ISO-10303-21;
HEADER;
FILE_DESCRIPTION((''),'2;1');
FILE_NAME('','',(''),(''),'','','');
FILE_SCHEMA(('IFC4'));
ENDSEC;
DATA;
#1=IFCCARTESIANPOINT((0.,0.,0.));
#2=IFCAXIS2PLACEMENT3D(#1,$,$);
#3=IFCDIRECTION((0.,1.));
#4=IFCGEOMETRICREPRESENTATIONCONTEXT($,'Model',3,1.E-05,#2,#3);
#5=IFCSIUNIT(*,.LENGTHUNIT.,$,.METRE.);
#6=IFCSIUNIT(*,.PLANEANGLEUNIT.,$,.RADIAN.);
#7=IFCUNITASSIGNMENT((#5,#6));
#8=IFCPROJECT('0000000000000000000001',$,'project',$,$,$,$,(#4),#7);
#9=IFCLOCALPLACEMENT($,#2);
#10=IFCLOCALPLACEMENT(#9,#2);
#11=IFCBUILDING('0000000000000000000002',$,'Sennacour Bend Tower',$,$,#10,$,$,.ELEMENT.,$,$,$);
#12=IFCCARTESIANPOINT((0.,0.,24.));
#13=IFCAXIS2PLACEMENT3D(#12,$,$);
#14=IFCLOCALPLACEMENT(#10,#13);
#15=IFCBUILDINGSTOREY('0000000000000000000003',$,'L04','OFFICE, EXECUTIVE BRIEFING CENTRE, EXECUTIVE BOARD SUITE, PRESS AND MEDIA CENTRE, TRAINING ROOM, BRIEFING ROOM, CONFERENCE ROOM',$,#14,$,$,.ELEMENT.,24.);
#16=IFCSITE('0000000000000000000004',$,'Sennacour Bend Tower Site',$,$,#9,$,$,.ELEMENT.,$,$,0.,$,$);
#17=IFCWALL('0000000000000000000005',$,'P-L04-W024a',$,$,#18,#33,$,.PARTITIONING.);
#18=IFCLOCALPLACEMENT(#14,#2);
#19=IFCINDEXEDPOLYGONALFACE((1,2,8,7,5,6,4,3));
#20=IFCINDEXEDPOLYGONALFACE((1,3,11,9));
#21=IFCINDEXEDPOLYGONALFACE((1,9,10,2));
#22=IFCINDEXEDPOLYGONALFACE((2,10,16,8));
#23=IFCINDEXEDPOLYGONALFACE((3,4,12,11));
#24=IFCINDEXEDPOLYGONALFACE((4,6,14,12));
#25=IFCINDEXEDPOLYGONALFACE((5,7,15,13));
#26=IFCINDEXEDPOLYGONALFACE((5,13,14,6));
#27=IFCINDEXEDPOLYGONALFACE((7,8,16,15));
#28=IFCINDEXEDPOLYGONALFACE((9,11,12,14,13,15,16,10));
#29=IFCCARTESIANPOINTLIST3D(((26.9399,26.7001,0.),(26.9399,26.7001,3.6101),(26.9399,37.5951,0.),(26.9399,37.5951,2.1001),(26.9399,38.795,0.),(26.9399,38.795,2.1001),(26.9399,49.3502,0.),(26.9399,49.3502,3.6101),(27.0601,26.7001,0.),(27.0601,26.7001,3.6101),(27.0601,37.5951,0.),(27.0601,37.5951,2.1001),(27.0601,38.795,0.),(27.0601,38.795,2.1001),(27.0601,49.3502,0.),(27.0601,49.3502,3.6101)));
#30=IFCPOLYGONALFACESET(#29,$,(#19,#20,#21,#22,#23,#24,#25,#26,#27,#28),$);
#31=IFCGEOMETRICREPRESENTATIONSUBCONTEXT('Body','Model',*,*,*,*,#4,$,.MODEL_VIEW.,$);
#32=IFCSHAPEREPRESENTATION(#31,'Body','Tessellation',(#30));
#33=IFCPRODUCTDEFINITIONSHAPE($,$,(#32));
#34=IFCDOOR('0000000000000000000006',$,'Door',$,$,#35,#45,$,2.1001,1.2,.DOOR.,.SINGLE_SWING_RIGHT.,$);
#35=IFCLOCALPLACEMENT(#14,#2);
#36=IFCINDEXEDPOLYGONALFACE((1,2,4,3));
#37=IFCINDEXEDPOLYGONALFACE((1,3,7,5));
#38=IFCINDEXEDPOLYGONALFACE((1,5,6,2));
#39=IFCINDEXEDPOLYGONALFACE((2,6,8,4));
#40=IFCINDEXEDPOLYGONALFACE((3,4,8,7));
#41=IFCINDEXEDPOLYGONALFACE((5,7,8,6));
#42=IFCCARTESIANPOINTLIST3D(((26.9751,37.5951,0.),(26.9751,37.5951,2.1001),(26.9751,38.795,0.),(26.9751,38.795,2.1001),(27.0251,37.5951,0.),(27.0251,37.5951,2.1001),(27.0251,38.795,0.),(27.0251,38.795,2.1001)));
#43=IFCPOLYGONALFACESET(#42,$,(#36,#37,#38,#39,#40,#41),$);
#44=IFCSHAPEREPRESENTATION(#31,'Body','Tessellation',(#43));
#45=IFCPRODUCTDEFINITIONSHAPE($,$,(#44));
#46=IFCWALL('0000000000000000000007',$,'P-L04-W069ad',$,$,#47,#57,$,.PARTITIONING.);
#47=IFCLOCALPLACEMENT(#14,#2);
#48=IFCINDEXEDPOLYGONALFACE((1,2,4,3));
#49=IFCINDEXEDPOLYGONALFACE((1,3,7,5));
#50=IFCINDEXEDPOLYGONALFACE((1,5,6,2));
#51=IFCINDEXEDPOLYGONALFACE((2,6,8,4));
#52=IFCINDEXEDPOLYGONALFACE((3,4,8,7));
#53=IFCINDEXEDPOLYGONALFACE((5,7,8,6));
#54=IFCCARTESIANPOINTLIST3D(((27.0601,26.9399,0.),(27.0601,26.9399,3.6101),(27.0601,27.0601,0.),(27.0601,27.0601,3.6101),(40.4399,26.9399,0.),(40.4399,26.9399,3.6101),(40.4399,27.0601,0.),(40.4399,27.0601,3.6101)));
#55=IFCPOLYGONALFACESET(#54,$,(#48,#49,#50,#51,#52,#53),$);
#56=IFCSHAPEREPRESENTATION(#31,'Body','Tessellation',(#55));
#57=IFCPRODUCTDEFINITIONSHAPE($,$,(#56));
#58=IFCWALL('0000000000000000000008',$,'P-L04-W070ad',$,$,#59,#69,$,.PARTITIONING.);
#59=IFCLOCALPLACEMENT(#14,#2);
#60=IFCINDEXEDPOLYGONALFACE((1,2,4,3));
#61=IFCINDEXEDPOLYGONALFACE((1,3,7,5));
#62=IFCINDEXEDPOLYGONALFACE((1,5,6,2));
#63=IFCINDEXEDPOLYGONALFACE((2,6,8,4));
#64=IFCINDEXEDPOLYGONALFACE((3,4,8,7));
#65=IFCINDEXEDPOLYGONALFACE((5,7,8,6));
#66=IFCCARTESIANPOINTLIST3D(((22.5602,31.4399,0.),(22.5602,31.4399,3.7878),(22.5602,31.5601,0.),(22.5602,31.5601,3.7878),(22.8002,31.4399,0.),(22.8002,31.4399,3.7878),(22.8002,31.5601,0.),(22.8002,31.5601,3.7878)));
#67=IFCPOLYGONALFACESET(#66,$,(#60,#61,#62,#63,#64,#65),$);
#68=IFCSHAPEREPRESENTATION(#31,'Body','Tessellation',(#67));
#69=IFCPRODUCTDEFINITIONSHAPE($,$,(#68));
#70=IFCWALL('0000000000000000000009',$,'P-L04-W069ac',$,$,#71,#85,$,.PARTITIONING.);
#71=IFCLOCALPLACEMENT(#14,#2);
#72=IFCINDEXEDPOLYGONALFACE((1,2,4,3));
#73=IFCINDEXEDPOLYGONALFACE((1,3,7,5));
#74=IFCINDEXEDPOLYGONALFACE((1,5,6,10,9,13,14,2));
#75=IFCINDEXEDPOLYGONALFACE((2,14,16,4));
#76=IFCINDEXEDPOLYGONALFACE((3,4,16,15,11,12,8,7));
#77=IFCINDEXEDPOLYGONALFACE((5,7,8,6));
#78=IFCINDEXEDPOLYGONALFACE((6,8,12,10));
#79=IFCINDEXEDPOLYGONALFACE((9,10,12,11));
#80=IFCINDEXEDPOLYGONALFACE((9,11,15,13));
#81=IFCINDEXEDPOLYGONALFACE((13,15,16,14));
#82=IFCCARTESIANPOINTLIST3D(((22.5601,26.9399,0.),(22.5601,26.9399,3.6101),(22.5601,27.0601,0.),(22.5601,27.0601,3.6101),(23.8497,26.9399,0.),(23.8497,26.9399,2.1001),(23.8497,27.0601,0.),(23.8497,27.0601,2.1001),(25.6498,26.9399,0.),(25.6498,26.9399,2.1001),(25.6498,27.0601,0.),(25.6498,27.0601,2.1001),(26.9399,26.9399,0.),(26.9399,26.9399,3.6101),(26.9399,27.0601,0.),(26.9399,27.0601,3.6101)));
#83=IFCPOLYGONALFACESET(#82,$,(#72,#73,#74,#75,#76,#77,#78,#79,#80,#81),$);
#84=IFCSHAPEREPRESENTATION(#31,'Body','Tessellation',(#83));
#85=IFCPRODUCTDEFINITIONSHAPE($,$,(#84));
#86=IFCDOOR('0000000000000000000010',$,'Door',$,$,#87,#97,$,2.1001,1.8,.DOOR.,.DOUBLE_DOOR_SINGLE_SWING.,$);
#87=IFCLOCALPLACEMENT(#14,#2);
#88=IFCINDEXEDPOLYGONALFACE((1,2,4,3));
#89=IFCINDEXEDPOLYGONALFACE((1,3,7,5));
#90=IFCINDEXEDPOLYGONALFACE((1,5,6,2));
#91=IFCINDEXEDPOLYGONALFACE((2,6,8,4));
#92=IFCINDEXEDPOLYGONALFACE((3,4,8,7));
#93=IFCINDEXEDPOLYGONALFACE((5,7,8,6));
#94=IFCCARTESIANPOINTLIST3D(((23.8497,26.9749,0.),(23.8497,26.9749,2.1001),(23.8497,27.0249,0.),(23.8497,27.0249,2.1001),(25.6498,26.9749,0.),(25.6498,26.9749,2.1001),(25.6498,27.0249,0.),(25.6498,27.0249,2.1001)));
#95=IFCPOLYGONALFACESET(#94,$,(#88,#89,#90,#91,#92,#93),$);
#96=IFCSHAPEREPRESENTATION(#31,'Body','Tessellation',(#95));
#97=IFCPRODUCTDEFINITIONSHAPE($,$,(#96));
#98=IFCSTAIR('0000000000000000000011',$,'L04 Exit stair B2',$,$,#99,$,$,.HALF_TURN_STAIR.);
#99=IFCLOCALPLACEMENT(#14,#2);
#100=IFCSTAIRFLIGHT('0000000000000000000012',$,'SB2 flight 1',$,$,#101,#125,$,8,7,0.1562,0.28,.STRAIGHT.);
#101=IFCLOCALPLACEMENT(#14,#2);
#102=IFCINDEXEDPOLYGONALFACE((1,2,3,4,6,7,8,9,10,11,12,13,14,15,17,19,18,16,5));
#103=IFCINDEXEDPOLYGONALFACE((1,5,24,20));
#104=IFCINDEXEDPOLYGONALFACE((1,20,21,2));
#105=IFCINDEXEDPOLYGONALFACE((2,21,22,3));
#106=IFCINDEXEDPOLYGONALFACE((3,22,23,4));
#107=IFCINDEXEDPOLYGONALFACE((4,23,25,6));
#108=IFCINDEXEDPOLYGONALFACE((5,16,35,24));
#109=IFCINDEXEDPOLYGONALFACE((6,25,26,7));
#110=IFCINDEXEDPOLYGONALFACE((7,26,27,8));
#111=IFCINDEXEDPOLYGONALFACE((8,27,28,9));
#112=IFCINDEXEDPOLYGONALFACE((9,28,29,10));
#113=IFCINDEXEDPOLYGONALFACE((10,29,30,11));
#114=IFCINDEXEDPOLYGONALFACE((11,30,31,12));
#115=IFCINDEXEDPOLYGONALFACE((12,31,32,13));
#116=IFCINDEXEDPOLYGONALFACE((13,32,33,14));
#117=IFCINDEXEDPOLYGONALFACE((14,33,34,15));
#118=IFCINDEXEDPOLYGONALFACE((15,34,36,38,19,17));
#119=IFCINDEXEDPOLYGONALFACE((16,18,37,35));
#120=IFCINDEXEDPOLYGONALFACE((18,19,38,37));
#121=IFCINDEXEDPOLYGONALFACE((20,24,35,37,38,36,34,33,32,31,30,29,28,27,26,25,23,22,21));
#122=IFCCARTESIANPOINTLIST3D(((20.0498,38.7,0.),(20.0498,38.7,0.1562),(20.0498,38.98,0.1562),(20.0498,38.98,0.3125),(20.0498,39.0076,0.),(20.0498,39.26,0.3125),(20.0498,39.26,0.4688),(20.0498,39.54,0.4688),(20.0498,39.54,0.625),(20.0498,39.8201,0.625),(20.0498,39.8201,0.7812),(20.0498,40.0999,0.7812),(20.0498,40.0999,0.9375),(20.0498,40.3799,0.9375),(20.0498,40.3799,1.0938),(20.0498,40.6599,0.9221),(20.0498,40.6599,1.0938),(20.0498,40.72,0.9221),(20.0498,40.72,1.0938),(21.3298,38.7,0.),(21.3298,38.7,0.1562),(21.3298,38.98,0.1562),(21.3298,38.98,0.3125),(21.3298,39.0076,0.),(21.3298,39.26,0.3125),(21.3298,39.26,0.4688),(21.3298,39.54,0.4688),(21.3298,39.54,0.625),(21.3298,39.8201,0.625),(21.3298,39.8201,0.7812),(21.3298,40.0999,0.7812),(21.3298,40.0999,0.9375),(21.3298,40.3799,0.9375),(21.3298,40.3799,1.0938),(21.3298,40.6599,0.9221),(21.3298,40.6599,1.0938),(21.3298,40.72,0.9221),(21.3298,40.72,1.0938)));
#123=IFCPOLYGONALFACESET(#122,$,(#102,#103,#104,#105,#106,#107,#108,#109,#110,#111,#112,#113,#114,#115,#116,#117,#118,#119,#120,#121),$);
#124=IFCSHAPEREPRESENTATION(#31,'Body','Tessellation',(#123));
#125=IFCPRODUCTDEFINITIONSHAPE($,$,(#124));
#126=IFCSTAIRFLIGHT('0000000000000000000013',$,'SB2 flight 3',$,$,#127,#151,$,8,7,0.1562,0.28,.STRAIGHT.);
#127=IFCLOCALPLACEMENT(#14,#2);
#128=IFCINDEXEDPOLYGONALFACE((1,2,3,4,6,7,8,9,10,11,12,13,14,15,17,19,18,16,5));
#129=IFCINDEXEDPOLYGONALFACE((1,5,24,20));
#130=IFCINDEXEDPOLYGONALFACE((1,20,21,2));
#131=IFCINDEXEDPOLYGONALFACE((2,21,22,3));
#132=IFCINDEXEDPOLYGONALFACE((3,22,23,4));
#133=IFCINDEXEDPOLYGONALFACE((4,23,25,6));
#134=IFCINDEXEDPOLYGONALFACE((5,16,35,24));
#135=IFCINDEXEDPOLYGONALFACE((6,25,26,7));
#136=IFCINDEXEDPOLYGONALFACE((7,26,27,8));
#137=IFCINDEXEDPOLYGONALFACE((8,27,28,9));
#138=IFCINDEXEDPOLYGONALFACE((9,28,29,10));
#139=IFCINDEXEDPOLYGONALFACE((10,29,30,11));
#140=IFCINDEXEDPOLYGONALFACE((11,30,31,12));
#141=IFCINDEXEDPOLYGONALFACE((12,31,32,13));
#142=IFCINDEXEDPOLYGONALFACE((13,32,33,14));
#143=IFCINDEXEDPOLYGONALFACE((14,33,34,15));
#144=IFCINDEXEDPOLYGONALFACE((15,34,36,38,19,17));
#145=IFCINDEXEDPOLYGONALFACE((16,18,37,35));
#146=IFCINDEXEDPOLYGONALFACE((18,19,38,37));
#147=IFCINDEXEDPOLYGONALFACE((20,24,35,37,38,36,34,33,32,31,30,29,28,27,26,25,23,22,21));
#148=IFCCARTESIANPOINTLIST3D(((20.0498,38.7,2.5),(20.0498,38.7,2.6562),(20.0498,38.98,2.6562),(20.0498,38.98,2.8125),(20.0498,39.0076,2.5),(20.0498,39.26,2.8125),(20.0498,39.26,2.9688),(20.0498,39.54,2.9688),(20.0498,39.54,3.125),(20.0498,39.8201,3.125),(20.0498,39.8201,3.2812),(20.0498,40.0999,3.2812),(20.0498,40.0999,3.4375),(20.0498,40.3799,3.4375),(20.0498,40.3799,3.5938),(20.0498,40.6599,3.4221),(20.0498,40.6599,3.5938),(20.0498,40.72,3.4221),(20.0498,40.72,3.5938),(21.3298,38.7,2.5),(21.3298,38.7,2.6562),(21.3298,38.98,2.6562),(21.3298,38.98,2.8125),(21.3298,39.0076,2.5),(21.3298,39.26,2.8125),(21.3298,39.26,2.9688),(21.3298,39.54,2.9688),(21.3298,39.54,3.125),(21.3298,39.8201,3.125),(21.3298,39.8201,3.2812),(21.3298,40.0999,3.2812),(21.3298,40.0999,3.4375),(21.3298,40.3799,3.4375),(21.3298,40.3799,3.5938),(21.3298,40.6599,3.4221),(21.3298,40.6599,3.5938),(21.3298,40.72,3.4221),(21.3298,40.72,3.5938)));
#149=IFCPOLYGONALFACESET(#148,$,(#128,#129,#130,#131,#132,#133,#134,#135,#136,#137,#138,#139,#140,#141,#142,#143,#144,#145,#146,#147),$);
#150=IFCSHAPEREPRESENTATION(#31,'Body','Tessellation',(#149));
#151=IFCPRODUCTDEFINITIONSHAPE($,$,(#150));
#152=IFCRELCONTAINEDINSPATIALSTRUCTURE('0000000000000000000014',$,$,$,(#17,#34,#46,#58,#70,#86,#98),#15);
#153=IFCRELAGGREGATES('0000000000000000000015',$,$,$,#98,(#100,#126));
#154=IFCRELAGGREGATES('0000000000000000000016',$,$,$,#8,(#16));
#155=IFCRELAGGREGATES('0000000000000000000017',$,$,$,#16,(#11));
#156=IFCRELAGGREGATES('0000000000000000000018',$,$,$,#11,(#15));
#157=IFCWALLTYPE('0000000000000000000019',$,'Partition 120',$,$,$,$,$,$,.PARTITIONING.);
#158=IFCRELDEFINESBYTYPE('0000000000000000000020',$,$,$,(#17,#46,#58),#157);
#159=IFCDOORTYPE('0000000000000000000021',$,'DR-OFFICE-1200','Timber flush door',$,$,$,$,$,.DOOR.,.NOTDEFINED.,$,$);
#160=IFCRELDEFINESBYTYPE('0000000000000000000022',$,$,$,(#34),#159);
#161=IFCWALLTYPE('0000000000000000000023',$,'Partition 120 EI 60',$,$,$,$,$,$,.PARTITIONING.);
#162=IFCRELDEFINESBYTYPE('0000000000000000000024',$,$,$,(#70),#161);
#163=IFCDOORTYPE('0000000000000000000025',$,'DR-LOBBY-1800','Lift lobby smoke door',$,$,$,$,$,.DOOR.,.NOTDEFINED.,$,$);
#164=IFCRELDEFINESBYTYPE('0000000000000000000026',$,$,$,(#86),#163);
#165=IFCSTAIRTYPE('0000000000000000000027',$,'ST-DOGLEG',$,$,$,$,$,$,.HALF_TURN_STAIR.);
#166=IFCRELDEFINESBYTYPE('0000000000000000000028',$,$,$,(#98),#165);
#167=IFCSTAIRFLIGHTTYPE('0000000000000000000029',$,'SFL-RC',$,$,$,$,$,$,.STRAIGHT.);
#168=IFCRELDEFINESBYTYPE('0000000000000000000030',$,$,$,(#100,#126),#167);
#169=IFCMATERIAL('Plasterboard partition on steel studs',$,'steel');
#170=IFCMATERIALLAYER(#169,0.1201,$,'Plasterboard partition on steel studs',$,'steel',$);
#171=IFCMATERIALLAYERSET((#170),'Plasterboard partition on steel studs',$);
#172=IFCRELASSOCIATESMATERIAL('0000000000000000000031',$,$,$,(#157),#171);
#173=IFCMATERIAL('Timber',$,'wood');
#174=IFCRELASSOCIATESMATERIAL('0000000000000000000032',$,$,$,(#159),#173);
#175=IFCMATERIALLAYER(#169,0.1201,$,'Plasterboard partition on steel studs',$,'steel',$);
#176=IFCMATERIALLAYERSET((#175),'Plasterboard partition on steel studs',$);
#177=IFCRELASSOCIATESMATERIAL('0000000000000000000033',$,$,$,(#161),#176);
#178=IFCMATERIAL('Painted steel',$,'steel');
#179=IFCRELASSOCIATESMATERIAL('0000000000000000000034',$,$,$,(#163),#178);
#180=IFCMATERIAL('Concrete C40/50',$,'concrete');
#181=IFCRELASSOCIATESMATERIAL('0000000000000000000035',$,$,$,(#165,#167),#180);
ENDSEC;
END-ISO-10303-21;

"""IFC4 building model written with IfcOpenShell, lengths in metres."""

from ifc_helpers import new_model, si_unit, direction, frame, frame_2d, origin, place, context, subcontext, project, spatial, polyline, rectangle, outline, extrude, material, layer, layer_set, type_object, element, fill, aggregate, save


model = new_model("IFC4")

# Units and contexts
model_context = context("Model", 3, precision=1e-05, world=origin(), true_north=direction((0.0, 1.0)))
body_context = subcontext(model_context, "Body", "Model", "MODEL_VIEW")
ifc_project = project(units=[si_unit("LENGTHUNIT", "METRE"), si_unit("PLANEANGLEUNIT", "RADIAN")], contexts=[model_context])

# Site, building, storey
site_placement = place(None, origin())
site = spatial("IfcSite", under=ifc_project, at=site_placement, Name="Sennacour Bend Tower Site", CompositionType="ELEMENT", RefElevation=0.0)
building_placement = place(site_placement, origin())
building = spatial("IfcBuilding", under=site, at=building_placement, Name="Sennacour Bend Tower", CompositionType="ELEMENT")
storey_placement = place(building_placement, frame((0.0, 0.0, 24.0)))
storey = spatial("IfcBuildingStorey", under=building, at=storey_placement, Name="L04", Description="OFFICE, EXECUTIVE BRIEFING CENTRE, EXECUTIVE BOARD SUITE, PRESS AND MEDIA CENTRE, TRAINING ROOM, BRIEFING ROOM, CONFERENCE ROOM", CompositionType="ELEMENT", Elevation=24.0)

# Wall, opening, door
ifc_material_1 = material(Name="Plasterboard partition on steel studs", Category="steel")
ifc_layer_1 = layer(ifc_material_1, 0.1201, Name="Plasterboard partition on steel studs", Category="steel")
ifc_layer_set_1 = layer_set([ifc_layer_1], Name="Plasterboard partition on steel studs")
wall_type_1 = type_object("IfcWallType", Name="Partition 120", PredefinedType="PARTITIONING", material=ifc_layer_set_1)
wall_1_placement = place(storey_placement, frame((27.0, 26.7, 0.0), z_axis=(0.0, 0.0, 1.0), x_axis=(0.0, 1.0, 0.0)))
wall_1 = element("IfcWall", 1, at=wall_1_placement, inside=storey, type_object=wall_type_1, Name="P-L04-W024a", PredefinedType="PARTITIONING", context=body_context, shape_type="SweptSolid", body=[
    extrude(rectangle(XDim=22.6501, YDim=0.1201, at=frame_2d((11.3252, 0.0))), origin(), (0.0, 0.0, 1.0), 3.6101),
])
opening_1_placement = place(wall_1_placement, frame((10.895, 0.0, 0.0)))
opening_1 = element("IfcOpeningElement", 2, at=opening_1_placement, cuts=wall_1, PredefinedType="OPENING", context=body_context, shape_type="SweptSolid", body=[
    extrude(rectangle(XDim=1.2, YDim=2.1001, at=frame_2d((0.6001, 1.05))), frame((0.0, 0.0701, 0.0), z_axis=(0.0, -1.0, 0.0), x_axis=(1.0, 0.0, 0.0)), (0.0, 0.0, 1.0), 0.1401),
])
ifc_material_2 = material(Name="Timber", Category="wood")
door_type_1 = type_object("IfcDoorType", Name="DR-OFFICE-1200", Description="Timber flush door", OperationType="NOTDEFINED", PredefinedType="DOOR", material=ifc_material_2)
door_1_placement = place(opening_1_placement, origin())
door_1 = element("IfcDoor", 3, at=door_1_placement, inside=storey, type_object=door_type_1, Name="Door", OperationType="SINGLE_SWING_RIGHT", OverallHeight=2.1001, OverallWidth=1.2, PredefinedType="DOOR", context=body_context, shape_type="SweptSolid", body=[
    extrude(rectangle(XDim=1.2, YDim=2.1001, at=frame_2d((0.6001, 1.05))), frame((0.0, 0.0249, 0.0), z_axis=(0.0, -1.0, 0.0), x_axis=(1.0, 0.0, 0.0)), (0.0, 0.0, 1.0), 0.05),
])
fill(opening_1, door_1)

# Walls
wall_2_placement = place(storey_placement, frame((27.0601, 27.0, 0.0), z_axis=(0.0, 0.0, 1.0), x_axis=(1.0, 0.0, 0.0)))
element("IfcWall", 4, at=wall_2_placement, inside=storey, type_object=wall_type_1, Name="P-L04-W069ad", PredefinedType="PARTITIONING", context=body_context, shape_type="SweptSolid", body=[
    extrude(rectangle(XDim=13.3799, YDim=0.1201, at=frame_2d((6.6899, 0.0))), origin(), (0.0, 0.0, 1.0), 3.6101),
])
wall_3_placement = place(storey_placement, frame((22.5601, 31.5, 0.0), z_axis=(0.0, 0.0, 1.0), x_axis=(1.0, 0.0, 0.0)))
element("IfcWall", 5, at=wall_3_placement, inside=storey, type_object=wall_type_1, Name="P-L04-W070ad", PredefinedType="PARTITIONING", context=body_context, shape_type="SweptSolid", body=[
    extrude(rectangle(XDim=0.24, YDim=0.1201, at=frame_2d((0.1201, 0.0))), origin(), (0.0, 0.0, 1.0), 3.7878),
])

# Wall, opening, door
ifc_layer_2 = layer(ifc_material_1, 0.1201, Name="Plasterboard partition on steel studs", Category="steel")
ifc_layer_set_2 = layer_set([ifc_layer_2], Name="Plasterboard partition on steel studs")
wall_type_2 = type_object("IfcWallType", Name="Partition 120 EI 60", PredefinedType="PARTITIONING", material=ifc_layer_set_2)
wall_4_placement = place(storey_placement, frame((22.5601, 27.0, 0.0), z_axis=(0.0, 0.0, 1.0), x_axis=(1.0, 0.0, 0.0)))
wall_4 = element("IfcWall", 6, at=wall_4_placement, inside=storey, type_object=wall_type_2, Name="P-L04-W069ac", PredefinedType="PARTITIONING", context=body_context, shape_type="SweptSolid", body=[
    extrude(rectangle(XDim=4.3799, YDim=0.1201, at=frame_2d((2.1899, 0.0))), origin(), (0.0, 0.0, 1.0), 3.6101),
])
opening_2_placement = place(wall_4_placement, frame((1.2898, 0.0, 0.0)))
opening_2 = element("IfcOpeningElement", 7, at=opening_2_placement, cuts=wall_4, PredefinedType="OPENING", context=body_context, shape_type="SweptSolid", body=[
    extrude(rectangle(XDim=1.8, YDim=2.1001, at=frame_2d((0.8999, 1.05))), frame((0.0, 0.0701, 0.0), z_axis=(0.0, -1.0, 0.0), x_axis=(1.0, 0.0, 0.0)), (0.0, 0.0, 1.0), 0.1401),
])
ifc_material_3 = material(Name="Painted steel", Category="steel")
door_type_2 = type_object("IfcDoorType", Name="DR-LOBBY-1800", Description="Lift lobby smoke door", OperationType="NOTDEFINED", PredefinedType="DOOR", material=ifc_material_3)
door_2_placement = place(opening_2_placement, origin())
door_2 = element("IfcDoor", 8, at=door_2_placement, inside=storey, type_object=door_type_2, Name="Door", OperationType="DOUBLE_DOOR_SINGLE_SWING", OverallHeight=2.1001, OverallWidth=1.8, PredefinedType="DOOR", context=body_context, shape_type="SweptSolid", body=[
    extrude(rectangle(XDim=1.8, YDim=2.1001, at=frame_2d((0.8999, 1.05))), frame((0.0, 0.0249, 0.0), z_axis=(0.0, -1.0, 0.0), x_axis=(1.0, 0.0, 0.0)), (0.0, 0.0, 1.0), 0.05),
])
fill(opening_2, door_2)

# Stair, stair flights
ifc_material_4 = material(Name="Concrete C40/50", Category="concrete")
stair_type = type_object("IfcStairType", Name="ST-DOGLEG", PredefinedType="HALF_TURN_STAIR", material=ifc_material_4)
stair_placement = place(storey_placement, origin())
stair = element("IfcStair", 9, at=stair_placement, inside=storey, type_object=stair_type, Name="L04 Exit stair B2", PredefinedType="HALF_TURN_STAIR")
stair_flight_type = type_object("IfcStairFlightType", Name="SFL-RC", PredefinedType="STRAIGHT", material=ifc_material_4)
stair_flight_1_placement = place(storey_placement, frame((20.6899, 38.7, 0.0), z_axis=(0.0, 0.0, 1.0), x_axis=(0.0, 1.0, 0.0)))
stair_flight_1 = element("IfcStairFlight", 10, at=stair_flight_1_placement, type_object=stair_flight_type, Name="SB2 flight 1", NumberOfRisers=8, NumberOfTreads=7, PredefinedType="STRAIGHT", RiserHeight=0.1562, TreadLength=0.28, context=body_context, shape_type="SweptSolid", body=[
    extrude(outline(polyline([(0.0, 0.0), (0.0, 0.1562), (0.28, 0.1562), (0.28, 0.3125), (0.5601, 0.3125), (0.5601, 0.4688), (0.8401, 0.4688), (0.8401, 0.625), (1.1201, 0.625), (1.1201, 0.7812), (1.3999, 0.7812), (1.3999, 0.9375), (1.6799, 0.9375), (1.6799, 1.0938), (1.96, 1.0938), (2.02, 1.0938), (2.02, 0.9221), (1.96, 0.9221), (0.3076, 0.0), (0.0, 0.0)])), frame((0.0, 0.6401, 0.0), z_axis=(0.0, -1.0, 0.0), x_axis=(1.0, 0.0, 0.0)), (0.0, 0.0, 1.0), 1.28),
])
stair_flight_2_placement = place(storey_placement, frame((20.6899, 38.7, 2.5), z_axis=(0.0, 0.0, 1.0), x_axis=(0.0, 1.0, 0.0)))
stair_flight_2 = element("IfcStairFlight", 11, at=stair_flight_2_placement, type_object=stair_flight_type, Name="SB2 flight 3", NumberOfRisers=8, NumberOfTreads=7, PredefinedType="STRAIGHT", RiserHeight=0.1562, TreadLength=0.28, context=body_context, shape_type="SweptSolid", body=[
    extrude(outline(polyline([(0.0, 0.0), (0.0, 0.1562), (0.28, 0.1562), (0.28, 0.3125), (0.5601, 0.3125), (0.5601, 0.4688), (0.8401, 0.4688), (0.8401, 0.625), (1.1201, 0.625), (1.1201, 0.7812), (1.3999, 0.7812), (1.3999, 0.9375), (1.6799, 0.9375), (1.6799, 1.0938), (1.96, 1.0938), (2.02, 1.0938), (2.02, 0.9221), (1.96, 0.9221), (0.3076, 0.0), (0.0, 0.0)])), frame((0.0, 0.6401, 0.0), z_axis=(0.0, -1.0, 0.0), x_axis=(1.0, 0.0, 0.0)), (0.0, 0.0, 1.0), 1.28),
])
aggregate(stair, [stair_flight_1, stair_flight_2])

save(model, "model.ifc")
